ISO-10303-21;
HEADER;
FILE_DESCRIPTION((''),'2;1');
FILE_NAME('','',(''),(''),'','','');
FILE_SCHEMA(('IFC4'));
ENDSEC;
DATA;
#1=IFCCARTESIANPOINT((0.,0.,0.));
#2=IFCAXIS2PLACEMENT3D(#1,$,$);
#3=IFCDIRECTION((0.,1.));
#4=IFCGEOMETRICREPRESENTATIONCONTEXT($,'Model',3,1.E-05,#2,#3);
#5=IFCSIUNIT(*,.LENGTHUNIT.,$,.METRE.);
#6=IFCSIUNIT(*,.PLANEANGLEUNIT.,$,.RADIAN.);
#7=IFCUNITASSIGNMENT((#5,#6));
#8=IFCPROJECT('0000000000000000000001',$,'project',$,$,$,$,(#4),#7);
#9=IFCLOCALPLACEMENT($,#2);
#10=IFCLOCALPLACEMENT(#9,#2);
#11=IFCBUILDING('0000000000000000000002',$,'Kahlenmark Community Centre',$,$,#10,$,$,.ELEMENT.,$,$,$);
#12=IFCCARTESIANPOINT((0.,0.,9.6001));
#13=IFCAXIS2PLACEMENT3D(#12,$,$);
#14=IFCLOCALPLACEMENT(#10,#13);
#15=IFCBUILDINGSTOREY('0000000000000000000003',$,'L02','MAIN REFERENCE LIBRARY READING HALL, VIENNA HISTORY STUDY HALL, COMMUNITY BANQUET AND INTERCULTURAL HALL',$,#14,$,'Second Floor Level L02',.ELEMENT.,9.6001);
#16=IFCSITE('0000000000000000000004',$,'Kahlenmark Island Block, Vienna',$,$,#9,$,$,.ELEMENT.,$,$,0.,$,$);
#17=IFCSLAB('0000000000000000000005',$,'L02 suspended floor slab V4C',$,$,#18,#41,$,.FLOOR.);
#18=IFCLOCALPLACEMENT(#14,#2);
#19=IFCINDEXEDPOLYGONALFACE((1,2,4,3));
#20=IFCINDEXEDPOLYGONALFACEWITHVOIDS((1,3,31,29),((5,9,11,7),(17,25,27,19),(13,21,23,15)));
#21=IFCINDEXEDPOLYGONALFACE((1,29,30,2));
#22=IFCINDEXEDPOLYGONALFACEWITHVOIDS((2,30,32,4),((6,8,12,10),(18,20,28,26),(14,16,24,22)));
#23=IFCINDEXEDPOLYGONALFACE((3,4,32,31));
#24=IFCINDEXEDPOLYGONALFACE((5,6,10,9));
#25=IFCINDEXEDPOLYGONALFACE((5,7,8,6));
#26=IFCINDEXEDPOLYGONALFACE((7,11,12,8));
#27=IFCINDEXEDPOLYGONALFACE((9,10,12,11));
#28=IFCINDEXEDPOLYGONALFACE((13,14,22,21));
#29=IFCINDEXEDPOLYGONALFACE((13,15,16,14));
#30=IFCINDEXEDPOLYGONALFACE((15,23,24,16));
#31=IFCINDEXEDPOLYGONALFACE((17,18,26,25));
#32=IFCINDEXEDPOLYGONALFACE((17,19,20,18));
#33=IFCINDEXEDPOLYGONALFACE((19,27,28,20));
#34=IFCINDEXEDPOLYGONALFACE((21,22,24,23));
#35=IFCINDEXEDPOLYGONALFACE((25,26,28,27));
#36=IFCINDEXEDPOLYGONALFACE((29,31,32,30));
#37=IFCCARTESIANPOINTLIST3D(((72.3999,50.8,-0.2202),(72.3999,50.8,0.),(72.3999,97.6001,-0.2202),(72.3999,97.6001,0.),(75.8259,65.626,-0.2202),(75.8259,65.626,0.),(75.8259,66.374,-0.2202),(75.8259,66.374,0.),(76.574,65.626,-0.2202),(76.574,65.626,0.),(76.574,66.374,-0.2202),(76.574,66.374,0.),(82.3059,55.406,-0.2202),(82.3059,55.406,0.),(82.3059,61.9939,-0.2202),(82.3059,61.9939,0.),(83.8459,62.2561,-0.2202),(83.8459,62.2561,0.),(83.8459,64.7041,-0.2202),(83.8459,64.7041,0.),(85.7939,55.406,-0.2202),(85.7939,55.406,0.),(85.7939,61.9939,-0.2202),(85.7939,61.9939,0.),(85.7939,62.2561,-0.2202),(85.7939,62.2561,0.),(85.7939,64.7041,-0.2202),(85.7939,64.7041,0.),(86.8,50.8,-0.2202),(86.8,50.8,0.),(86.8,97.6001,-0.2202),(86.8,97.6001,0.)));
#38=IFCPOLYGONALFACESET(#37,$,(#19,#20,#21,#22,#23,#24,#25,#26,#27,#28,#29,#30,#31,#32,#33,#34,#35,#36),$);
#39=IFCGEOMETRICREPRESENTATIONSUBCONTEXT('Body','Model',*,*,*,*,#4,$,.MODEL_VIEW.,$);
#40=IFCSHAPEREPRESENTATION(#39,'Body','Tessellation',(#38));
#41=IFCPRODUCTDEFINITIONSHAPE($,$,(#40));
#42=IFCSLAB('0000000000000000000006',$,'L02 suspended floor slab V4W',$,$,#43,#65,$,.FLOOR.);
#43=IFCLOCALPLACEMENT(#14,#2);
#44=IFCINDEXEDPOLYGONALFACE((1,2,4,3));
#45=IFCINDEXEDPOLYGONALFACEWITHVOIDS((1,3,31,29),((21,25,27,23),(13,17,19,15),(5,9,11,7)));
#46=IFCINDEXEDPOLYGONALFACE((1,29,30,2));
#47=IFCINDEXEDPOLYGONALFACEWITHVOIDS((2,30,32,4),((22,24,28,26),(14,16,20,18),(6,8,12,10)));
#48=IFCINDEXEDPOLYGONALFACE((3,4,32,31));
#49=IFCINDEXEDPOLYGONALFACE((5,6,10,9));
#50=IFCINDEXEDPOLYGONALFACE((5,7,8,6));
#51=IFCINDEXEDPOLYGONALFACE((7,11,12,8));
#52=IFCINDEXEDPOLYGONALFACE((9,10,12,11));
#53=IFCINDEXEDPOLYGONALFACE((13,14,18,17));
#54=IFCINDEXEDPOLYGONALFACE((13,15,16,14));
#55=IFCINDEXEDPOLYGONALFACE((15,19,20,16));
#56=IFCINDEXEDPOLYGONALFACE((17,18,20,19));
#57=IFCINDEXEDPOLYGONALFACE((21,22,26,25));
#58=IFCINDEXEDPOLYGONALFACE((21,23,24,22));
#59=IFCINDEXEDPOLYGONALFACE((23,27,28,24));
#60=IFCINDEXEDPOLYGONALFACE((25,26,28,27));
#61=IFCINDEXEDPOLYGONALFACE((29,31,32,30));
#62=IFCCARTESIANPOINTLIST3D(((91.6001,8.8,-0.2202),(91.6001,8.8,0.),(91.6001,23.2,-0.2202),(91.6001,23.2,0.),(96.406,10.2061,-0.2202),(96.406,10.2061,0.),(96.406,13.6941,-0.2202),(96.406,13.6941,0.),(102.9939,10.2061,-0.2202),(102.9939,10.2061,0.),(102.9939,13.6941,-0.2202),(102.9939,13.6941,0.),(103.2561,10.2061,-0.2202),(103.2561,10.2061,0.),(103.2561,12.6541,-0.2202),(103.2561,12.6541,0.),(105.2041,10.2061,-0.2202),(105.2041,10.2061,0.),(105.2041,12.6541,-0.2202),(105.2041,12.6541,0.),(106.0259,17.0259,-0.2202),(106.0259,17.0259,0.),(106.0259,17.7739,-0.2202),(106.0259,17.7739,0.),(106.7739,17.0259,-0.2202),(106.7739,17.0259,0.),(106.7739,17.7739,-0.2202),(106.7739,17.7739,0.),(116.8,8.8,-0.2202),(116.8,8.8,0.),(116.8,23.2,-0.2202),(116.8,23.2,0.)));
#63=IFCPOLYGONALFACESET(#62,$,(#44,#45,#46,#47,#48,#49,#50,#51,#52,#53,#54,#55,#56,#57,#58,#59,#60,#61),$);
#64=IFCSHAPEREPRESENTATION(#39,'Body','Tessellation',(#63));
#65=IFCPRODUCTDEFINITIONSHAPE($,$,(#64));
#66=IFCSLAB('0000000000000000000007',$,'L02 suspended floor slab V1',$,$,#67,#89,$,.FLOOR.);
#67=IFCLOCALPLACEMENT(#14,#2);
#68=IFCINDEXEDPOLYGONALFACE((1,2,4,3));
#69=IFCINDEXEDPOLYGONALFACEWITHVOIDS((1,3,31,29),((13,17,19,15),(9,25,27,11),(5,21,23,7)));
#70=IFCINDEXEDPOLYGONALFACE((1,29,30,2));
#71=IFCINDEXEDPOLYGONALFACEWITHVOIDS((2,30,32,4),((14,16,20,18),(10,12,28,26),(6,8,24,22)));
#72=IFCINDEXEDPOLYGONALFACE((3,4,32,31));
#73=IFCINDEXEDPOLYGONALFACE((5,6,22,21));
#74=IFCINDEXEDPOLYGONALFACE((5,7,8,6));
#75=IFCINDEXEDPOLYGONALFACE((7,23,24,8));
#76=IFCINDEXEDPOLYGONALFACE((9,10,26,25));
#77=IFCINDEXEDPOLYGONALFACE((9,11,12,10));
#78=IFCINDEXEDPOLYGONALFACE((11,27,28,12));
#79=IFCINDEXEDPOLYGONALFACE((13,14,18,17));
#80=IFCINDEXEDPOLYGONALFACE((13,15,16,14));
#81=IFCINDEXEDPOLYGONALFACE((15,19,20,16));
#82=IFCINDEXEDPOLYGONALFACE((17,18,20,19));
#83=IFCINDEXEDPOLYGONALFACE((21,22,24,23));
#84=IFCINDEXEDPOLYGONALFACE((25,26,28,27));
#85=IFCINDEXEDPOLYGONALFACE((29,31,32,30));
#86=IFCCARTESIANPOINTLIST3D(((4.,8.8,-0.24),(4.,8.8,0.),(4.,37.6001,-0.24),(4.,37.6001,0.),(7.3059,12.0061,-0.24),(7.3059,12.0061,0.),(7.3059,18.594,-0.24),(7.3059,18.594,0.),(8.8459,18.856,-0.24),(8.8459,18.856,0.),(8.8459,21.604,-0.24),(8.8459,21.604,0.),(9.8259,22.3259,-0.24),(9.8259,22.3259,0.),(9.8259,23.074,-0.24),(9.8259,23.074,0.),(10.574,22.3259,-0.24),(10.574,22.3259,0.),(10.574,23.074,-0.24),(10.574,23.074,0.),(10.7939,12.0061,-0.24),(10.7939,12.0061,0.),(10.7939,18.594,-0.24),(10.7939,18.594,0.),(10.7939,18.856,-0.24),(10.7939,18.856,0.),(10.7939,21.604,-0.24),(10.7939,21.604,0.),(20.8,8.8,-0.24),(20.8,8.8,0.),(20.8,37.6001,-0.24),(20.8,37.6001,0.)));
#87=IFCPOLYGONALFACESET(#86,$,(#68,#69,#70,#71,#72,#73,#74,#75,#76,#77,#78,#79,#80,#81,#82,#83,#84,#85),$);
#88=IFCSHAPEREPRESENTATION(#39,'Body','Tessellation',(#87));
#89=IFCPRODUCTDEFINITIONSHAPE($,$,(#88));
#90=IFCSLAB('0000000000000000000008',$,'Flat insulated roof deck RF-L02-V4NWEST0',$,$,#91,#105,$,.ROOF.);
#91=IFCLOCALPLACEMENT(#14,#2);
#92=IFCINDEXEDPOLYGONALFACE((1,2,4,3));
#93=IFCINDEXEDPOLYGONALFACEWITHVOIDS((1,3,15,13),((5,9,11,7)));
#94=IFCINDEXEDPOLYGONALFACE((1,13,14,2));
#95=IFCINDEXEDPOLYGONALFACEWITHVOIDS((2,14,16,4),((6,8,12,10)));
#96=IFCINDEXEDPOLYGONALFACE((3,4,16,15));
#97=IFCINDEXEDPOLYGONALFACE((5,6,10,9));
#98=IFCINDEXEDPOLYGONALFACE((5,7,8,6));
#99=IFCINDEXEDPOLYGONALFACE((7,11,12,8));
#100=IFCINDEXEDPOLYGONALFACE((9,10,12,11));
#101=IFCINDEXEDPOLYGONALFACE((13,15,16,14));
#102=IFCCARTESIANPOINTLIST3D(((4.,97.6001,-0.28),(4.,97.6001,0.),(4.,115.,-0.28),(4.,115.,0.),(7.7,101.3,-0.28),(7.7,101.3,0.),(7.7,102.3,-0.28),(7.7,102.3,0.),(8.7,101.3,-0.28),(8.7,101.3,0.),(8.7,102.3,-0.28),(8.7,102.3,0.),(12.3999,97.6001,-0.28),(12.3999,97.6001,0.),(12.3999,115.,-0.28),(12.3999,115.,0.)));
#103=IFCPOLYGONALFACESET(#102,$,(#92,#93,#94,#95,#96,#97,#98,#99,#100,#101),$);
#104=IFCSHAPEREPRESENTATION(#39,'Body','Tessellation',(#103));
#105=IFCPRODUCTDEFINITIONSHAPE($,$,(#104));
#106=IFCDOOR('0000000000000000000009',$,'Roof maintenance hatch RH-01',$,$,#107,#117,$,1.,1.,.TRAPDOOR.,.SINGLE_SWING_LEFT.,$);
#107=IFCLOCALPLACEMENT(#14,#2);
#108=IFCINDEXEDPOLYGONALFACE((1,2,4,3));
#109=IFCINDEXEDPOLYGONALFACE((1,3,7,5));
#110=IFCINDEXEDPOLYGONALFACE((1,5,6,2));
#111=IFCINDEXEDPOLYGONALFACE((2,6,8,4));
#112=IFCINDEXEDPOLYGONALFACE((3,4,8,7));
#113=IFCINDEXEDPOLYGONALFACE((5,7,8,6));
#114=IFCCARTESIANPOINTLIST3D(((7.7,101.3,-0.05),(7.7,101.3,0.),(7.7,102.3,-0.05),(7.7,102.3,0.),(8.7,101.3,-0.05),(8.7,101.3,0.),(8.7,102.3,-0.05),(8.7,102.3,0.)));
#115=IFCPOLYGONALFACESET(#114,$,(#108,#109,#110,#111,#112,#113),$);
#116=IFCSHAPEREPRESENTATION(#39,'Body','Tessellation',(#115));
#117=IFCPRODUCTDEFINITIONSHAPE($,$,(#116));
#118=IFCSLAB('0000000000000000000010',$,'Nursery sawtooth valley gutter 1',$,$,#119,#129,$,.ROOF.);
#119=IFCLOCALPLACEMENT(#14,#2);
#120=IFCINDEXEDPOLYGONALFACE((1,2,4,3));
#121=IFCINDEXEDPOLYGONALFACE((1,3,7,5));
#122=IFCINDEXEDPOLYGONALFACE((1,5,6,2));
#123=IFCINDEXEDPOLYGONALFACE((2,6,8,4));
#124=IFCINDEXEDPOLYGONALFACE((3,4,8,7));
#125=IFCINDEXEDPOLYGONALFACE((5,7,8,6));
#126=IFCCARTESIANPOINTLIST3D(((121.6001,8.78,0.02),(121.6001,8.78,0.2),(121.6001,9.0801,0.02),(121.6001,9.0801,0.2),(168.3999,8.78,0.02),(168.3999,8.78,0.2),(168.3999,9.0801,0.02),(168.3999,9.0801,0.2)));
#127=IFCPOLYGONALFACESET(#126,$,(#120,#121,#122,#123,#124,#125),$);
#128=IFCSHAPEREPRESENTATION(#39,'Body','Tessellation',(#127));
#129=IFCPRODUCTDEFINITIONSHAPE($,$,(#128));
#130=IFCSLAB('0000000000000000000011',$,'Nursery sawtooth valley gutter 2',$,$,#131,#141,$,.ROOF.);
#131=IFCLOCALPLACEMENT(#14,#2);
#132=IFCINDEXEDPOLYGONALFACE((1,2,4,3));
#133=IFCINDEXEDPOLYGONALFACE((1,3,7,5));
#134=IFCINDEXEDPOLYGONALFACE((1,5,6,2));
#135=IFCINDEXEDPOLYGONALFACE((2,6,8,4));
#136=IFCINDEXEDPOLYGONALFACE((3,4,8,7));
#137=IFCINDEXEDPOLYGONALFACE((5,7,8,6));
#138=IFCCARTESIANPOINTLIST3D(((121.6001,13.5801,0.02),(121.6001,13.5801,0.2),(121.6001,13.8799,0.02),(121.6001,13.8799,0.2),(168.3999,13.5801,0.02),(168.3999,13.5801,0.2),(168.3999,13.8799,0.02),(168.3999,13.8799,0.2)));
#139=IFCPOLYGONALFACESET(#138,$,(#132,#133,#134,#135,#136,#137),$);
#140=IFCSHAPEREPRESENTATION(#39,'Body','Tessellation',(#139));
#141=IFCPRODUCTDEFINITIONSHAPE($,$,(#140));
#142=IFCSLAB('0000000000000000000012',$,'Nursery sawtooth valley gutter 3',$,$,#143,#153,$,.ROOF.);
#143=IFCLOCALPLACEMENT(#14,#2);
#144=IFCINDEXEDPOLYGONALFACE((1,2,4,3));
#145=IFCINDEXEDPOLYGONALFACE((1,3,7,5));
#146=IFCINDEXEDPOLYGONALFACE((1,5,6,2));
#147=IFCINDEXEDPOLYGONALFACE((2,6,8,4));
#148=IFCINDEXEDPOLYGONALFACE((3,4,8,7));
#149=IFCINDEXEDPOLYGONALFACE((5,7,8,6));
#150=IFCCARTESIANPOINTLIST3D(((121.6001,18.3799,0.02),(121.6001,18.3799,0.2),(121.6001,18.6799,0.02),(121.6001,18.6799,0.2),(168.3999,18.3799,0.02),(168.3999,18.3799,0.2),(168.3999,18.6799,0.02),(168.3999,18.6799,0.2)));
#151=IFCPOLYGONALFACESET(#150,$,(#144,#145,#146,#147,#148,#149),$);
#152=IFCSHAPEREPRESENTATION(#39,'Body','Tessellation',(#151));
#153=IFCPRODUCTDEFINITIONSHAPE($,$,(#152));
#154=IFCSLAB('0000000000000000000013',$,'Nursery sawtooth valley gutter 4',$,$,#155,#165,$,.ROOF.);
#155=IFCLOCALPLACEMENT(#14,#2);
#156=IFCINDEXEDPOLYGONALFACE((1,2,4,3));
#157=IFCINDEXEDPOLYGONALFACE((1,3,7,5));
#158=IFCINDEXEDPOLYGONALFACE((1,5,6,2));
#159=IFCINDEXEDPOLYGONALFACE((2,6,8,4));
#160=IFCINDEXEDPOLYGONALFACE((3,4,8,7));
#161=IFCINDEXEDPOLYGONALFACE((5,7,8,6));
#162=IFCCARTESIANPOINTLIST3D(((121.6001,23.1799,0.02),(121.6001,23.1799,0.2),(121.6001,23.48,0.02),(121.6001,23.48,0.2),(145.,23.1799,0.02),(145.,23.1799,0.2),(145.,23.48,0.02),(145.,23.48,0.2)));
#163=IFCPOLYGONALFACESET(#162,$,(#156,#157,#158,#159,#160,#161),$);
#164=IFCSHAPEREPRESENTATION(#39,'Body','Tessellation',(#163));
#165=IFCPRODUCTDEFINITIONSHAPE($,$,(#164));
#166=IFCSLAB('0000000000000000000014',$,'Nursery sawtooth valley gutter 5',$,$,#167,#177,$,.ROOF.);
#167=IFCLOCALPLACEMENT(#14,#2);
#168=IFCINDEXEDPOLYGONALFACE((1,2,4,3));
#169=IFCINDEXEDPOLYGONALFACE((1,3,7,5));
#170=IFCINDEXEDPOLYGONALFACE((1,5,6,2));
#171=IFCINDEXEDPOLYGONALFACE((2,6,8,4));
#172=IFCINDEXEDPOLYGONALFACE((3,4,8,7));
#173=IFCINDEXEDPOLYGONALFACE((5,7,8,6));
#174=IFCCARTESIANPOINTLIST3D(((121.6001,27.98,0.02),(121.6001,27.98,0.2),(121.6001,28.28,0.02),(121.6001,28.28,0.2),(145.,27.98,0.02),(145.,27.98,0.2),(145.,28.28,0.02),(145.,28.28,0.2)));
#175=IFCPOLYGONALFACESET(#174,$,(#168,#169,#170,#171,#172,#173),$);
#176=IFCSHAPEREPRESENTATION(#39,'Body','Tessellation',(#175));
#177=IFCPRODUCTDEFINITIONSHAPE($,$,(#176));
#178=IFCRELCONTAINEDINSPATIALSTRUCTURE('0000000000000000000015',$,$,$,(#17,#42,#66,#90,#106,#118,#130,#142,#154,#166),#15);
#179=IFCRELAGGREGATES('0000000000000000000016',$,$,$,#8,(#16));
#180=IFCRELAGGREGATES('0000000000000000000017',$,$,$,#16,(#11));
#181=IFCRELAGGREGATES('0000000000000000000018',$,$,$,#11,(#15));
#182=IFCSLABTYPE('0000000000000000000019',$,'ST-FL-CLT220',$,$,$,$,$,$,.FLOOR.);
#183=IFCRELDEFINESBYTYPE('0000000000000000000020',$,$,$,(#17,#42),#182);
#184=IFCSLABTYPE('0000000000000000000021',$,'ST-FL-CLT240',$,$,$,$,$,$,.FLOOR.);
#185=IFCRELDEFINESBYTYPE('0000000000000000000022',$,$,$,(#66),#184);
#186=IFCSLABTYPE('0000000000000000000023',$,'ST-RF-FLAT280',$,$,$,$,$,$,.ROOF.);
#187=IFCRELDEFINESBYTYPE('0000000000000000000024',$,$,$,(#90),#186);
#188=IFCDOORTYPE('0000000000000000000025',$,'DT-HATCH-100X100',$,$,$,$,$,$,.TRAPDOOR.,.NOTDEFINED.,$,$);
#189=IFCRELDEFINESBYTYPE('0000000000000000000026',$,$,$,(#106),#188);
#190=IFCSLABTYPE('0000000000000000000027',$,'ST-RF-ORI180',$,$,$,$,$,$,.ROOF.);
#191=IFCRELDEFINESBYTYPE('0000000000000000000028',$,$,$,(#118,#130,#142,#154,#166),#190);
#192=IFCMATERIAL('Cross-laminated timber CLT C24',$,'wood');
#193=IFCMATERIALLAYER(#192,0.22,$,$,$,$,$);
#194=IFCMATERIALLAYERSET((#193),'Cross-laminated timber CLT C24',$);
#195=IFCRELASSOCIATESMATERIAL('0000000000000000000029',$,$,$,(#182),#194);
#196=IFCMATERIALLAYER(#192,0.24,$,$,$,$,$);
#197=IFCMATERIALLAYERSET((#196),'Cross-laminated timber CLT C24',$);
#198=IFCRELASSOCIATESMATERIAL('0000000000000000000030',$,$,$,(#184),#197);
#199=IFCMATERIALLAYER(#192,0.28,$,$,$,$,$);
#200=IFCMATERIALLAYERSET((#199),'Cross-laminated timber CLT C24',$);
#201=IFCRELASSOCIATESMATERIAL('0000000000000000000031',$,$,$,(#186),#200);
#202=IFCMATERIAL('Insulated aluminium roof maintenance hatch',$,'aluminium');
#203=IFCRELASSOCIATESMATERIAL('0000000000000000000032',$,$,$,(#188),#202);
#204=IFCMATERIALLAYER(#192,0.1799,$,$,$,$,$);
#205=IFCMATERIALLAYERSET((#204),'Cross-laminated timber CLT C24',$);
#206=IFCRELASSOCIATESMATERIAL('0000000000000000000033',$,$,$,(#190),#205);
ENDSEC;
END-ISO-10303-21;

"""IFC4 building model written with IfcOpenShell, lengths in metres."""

from ifc_helpers import new_model, si_unit, direction, frame, origin, origin_2d, place, context, subcontext, project, spatial, polyline, rectangle, outline, extrude, material, layer, layer_set, type_object, element, fill, save


model = new_model("IFC4")

# Units and contexts
model_context = context("Model", 3, precision=1e-05, world=origin(), true_north=direction((0.0, 1.0)))
body_context = subcontext(model_context, "Body", "Model", "MODEL_VIEW")
ifc_project = project(units=[si_unit("LENGTHUNIT", "METRE"), si_unit("PLANEANGLEUNIT", "RADIAN")], contexts=[model_context])

# Site, building, storey
site_placement = place(None, origin())
site = spatial("IfcSite", under=ifc_project, at=site_placement, Name="Kahlenmark Island Block, Vienna", CompositionType="ELEMENT", RefElevation=0.0)
building_placement = place(site_placement, origin())
building = spatial("IfcBuilding", under=site, at=building_placement, Name="Kahlenmark Community Centre", CompositionType="ELEMENT")
storey_placement = place(building_placement, frame((0.0, 0.0, 9.6001)))
storey = spatial("IfcBuildingStorey", under=building, at=storey_placement, Name="L02", Description="MAIN REFERENCE LIBRARY READING HALL, VIENNA HISTORY STUDY HALL, COMMUNITY BANQUET AND INTERCULTURAL HALL", LongName="Second Floor Level L02", CompositionType="ELEMENT", Elevation=9.6001)

# Slabs
ifc_material_1 = material(Name="Cross-laminated timber CLT C24", Category="wood")
ifc_layer_1 = layer(ifc_material_1, 0.22)
ifc_layer_set_1 = layer_set([ifc_layer_1], Name="Cross-laminated timber CLT C24")
slab_type_1 = type_object("IfcSlabType", Name="ST-FL-CLT220", PredefinedType="FLOOR", material=ifc_layer_set_1)
slab_1_placement = place(storey_placement, frame((0.0, 0.0, -0.2202)))
element("IfcSlab", 1, at=slab_1_placement, inside=storey, type_object=slab_type_1, Name="L02 suspended floor slab V4C", PredefinedType="FLOOR", context=body_context, shape_type="SweptSolid", body=[
    extrude(outline(polyline([(72.3999, 50.8), (86.8, 50.8), (86.8, 97.6001), (72.3999, 97.6001), (72.3999, 50.8)]), holes=[polyline([(82.3059, 55.406), (85.7939, 55.406), (85.7939, 61.9939), (82.3059, 61.9939), (82.3059, 55.406)]), polyline([(83.8459, 62.2561), (85.7939, 62.2561), (85.7939, 64.7041), (83.8459, 64.7041), (83.8459, 62.2561)]), polyline([(75.8259, 65.626), (76.574, 65.626), (76.574, 66.374), (75.8259, 66.374), (75.8259, 65.626)])]), origin(), (0.0, 0.0, 1.0), 0.2202),
])
slab_2_placement = place(storey_placement, frame((0.0, 0.0, -0.2202)))
element("IfcSlab", 2, at=slab_2_placement, inside=storey, type_object=slab_type_1, Name="L02 suspended floor slab V4W", PredefinedType="FLOOR", context=body_context, shape_type="SweptSolid", body=[
    extrude(outline(polyline([(91.6001, 8.8), (116.8, 8.8), (116.8, 23.2), (91.6001, 23.2), (91.6001, 8.8)]), holes=[polyline([(96.406, 10.2061), (102.9939, 10.2061), (102.9939, 13.6941), (96.406, 13.6941), (96.406, 10.2061)]), polyline([(103.2561, 10.2061), (105.2041, 10.2061), (105.2041, 12.6541), (103.2561, 12.6541), (103.2561, 10.2061)]), polyline([(106.0259, 17.0259), (106.7739, 17.0259), (106.7739, 17.7739), (106.0259, 17.7739), (106.0259, 17.0259)])]), origin(), (0.0, 0.0, 1.0), 0.2202),
])
ifc_layer_2 = layer(ifc_material_1, 0.24)
ifc_layer_set_2 = layer_set([ifc_layer_2], Name="Cross-laminated timber CLT C24")
slab_type_2 = type_object("IfcSlabType", Name="ST-FL-CLT240", PredefinedType="FLOOR", material=ifc_layer_set_2)
slab_3_placement = place(storey_placement, frame((0.0, 0.0, -0.24)))
element("IfcSlab", 3, at=slab_3_placement, inside=storey, type_object=slab_type_2, Name="L02 suspended floor slab V1", PredefinedType="FLOOR", context=body_context, shape_type="SweptSolid", body=[
    extrude(outline(polyline([(4.0, 8.8), (20.8, 8.8), (20.8, 37.6001), (4.0, 37.6001), (4.0, 8.8)]), holes=[polyline([(7.3059, 12.0061), (10.7939, 12.0061), (10.7939, 18.594), (7.3059, 18.594), (7.3059, 12.0061)]), polyline([(8.8459, 18.856), (10.7939, 18.856), (10.7939, 21.604), (8.8459, 21.604), (8.8459, 18.856)]), polyline([(9.8259, 22.3259), (10.574, 22.3259), (10.574, 23.074), (9.8259, 23.074), (9.8259, 22.3259)])]), origin(), (0.0, 0.0, 1.0), 0.24),
])

# Slab, opening, door
ifc_layer_3 = layer(ifc_material_1, 0.28)
ifc_layer_set_3 = layer_set([ifc_layer_3], Name="Cross-laminated timber CLT C24")
slab_type_3 = type_object("IfcSlabType", Name="ST-RF-FLAT280", PredefinedType="ROOF", material=ifc_layer_set_3)
slab_4_placement = place(storey_placement, frame((0.0, 0.0, -0.28)))
slab_4 = element("IfcSlab", 4, at=slab_4_placement, inside=storey, type_object=slab_type_3, Name="Flat insulated roof deck RF-L02-V4NWEST0", PredefinedType="ROOF", context=body_context, shape_type="SweptSolid", body=[
    extrude(outline(polyline([(4.0, 97.6001), (12.3999, 97.6001), (12.3999, 115.0), (4.0, 115.0), (4.0, 97.6001)])), origin(), (0.0, 0.0, 1.0), 0.28),
])
opening_placement = place(slab_4_placement, frame((8.2, 101.8, -0.01)))
opening = element("IfcOpeningElement", 5, at=opening_placement, cuts=slab_4, PredefinedType="OPENING", context=body_context, shape_type="SweptSolid", body=[
    extrude(rectangle(XDim=1.0, YDim=1.0, at=origin_2d()), origin(), (0.0, 0.0, 1.0), 0.3),
])
ifc_material_2 = material(Name="Insulated aluminium roof maintenance hatch", Category="aluminium")
door_type = type_object("IfcDoorType", Name="DT-HATCH-100X100", OperationType="NOTDEFINED", PredefinedType="TRAPDOOR", material=ifc_material_2)
door_placement = place(slab_4_placement, frame((8.2, 101.8, 0.23)))
door = element("IfcDoor", 6, at=door_placement, inside=storey, type_object=door_type, Name="Roof maintenance hatch RH-01", OperationType="SINGLE_SWING_LEFT", OverallHeight=1.0, OverallWidth=1.0, PredefinedType="TRAPDOOR", context=body_context, shape_type="SweptSolid", body=[
    extrude(rectangle(XDim=1.0, YDim=1.0, at=origin_2d()), origin(), (0.0, 0.0, 1.0), 0.05),
])
fill(opening, door)

# Slabs
ifc_layer_4 = layer(ifc_material_1, 0.1799)
ifc_layer_set_4 = layer_set([ifc_layer_4], Name="Cross-laminated timber CLT C24")
slab_type_4 = type_object("IfcSlabType", Name="ST-RF-ORI180", PredefinedType="ROOF", material=ifc_layer_set_4)
slab_5_placement = place(storey_placement, frame((0.0, 0.0, 0.02)))
element("IfcSlab", 7, at=slab_5_placement, inside=storey, type_object=slab_type_4, Name="Nursery sawtooth valley gutter 1", PredefinedType="ROOF", context=body_context, shape_type="SweptSolid", body=[
    extrude(outline(polyline([(121.6001, 8.78), (168.3999, 8.78), (168.3999, 9.0801), (121.6001, 9.0801), (121.6001, 8.78)])), origin(), (0.0, 0.0, 1.0), 0.1799),
])
slab_6_placement = place(storey_placement, frame((0.0, 0.0, 0.02)))
element("IfcSlab", 8, at=slab_6_placement, inside=storey, type_object=slab_type_4, Name="Nursery sawtooth valley gutter 2", PredefinedType="ROOF", context=body_context, shape_type="SweptSolid", body=[
    extrude(outline(polyline([(121.6001, 13.5801), (168.3999, 13.5801), (168.3999, 13.8799), (121.6001, 13.8799), (121.6001, 13.5801)])), origin(), (0.0, 0.0, 1.0), 0.1799),
])
slab_7_placement = place(storey_placement, frame((0.0, 0.0, 0.02)))
element("IfcSlab", 9, at=slab_7_placement, inside=storey, type_object=slab_type_4, Name="Nursery sawtooth valley gutter 3", PredefinedType="ROOF", context=body_context, shape_type="SweptSolid", body=[
    extrude(outline(polyline([(121.6001, 18.3799), (168.3999, 18.3799), (168.3999, 18.6799), (121.6001, 18.6799), (121.6001, 18.3799)])), origin(), (0.0, 0.0, 1.0), 0.1799),
])
slab_8_placement = place(storey_placement, frame((0.0, 0.0, 0.02)))
element("IfcSlab", 10, at=slab_8_placement, inside=storey, type_object=slab_type_4, Name="Nursery sawtooth valley gutter 4", PredefinedType="ROOF", context=body_context, shape_type="SweptSolid", body=[
    extrude(outline(polyline([(121.6001, 23.1799), (145.0, 23.1799), (145.0, 23.48), (121.6001, 23.48), (121.6001, 23.1799)])), origin(), (0.0, 0.0, 1.0), 0.1799),
])
slab_9_placement = place(storey_placement, frame((0.0, 0.0, 0.02)))
element("IfcSlab", 11, at=slab_9_placement, inside=storey, type_object=slab_type_4, Name="Nursery sawtooth valley gutter 5", PredefinedType="ROOF", context=body_context, shape_type="SweptSolid", body=[
    extrude(outline(polyline([(121.6001, 27.98), (145.0, 27.98), (145.0, 28.28), (121.6001, 28.28), (121.6001, 27.98)])), origin(), (0.0, 0.0, 1.0), 0.1799),
])

save(model, "model.ifc")
